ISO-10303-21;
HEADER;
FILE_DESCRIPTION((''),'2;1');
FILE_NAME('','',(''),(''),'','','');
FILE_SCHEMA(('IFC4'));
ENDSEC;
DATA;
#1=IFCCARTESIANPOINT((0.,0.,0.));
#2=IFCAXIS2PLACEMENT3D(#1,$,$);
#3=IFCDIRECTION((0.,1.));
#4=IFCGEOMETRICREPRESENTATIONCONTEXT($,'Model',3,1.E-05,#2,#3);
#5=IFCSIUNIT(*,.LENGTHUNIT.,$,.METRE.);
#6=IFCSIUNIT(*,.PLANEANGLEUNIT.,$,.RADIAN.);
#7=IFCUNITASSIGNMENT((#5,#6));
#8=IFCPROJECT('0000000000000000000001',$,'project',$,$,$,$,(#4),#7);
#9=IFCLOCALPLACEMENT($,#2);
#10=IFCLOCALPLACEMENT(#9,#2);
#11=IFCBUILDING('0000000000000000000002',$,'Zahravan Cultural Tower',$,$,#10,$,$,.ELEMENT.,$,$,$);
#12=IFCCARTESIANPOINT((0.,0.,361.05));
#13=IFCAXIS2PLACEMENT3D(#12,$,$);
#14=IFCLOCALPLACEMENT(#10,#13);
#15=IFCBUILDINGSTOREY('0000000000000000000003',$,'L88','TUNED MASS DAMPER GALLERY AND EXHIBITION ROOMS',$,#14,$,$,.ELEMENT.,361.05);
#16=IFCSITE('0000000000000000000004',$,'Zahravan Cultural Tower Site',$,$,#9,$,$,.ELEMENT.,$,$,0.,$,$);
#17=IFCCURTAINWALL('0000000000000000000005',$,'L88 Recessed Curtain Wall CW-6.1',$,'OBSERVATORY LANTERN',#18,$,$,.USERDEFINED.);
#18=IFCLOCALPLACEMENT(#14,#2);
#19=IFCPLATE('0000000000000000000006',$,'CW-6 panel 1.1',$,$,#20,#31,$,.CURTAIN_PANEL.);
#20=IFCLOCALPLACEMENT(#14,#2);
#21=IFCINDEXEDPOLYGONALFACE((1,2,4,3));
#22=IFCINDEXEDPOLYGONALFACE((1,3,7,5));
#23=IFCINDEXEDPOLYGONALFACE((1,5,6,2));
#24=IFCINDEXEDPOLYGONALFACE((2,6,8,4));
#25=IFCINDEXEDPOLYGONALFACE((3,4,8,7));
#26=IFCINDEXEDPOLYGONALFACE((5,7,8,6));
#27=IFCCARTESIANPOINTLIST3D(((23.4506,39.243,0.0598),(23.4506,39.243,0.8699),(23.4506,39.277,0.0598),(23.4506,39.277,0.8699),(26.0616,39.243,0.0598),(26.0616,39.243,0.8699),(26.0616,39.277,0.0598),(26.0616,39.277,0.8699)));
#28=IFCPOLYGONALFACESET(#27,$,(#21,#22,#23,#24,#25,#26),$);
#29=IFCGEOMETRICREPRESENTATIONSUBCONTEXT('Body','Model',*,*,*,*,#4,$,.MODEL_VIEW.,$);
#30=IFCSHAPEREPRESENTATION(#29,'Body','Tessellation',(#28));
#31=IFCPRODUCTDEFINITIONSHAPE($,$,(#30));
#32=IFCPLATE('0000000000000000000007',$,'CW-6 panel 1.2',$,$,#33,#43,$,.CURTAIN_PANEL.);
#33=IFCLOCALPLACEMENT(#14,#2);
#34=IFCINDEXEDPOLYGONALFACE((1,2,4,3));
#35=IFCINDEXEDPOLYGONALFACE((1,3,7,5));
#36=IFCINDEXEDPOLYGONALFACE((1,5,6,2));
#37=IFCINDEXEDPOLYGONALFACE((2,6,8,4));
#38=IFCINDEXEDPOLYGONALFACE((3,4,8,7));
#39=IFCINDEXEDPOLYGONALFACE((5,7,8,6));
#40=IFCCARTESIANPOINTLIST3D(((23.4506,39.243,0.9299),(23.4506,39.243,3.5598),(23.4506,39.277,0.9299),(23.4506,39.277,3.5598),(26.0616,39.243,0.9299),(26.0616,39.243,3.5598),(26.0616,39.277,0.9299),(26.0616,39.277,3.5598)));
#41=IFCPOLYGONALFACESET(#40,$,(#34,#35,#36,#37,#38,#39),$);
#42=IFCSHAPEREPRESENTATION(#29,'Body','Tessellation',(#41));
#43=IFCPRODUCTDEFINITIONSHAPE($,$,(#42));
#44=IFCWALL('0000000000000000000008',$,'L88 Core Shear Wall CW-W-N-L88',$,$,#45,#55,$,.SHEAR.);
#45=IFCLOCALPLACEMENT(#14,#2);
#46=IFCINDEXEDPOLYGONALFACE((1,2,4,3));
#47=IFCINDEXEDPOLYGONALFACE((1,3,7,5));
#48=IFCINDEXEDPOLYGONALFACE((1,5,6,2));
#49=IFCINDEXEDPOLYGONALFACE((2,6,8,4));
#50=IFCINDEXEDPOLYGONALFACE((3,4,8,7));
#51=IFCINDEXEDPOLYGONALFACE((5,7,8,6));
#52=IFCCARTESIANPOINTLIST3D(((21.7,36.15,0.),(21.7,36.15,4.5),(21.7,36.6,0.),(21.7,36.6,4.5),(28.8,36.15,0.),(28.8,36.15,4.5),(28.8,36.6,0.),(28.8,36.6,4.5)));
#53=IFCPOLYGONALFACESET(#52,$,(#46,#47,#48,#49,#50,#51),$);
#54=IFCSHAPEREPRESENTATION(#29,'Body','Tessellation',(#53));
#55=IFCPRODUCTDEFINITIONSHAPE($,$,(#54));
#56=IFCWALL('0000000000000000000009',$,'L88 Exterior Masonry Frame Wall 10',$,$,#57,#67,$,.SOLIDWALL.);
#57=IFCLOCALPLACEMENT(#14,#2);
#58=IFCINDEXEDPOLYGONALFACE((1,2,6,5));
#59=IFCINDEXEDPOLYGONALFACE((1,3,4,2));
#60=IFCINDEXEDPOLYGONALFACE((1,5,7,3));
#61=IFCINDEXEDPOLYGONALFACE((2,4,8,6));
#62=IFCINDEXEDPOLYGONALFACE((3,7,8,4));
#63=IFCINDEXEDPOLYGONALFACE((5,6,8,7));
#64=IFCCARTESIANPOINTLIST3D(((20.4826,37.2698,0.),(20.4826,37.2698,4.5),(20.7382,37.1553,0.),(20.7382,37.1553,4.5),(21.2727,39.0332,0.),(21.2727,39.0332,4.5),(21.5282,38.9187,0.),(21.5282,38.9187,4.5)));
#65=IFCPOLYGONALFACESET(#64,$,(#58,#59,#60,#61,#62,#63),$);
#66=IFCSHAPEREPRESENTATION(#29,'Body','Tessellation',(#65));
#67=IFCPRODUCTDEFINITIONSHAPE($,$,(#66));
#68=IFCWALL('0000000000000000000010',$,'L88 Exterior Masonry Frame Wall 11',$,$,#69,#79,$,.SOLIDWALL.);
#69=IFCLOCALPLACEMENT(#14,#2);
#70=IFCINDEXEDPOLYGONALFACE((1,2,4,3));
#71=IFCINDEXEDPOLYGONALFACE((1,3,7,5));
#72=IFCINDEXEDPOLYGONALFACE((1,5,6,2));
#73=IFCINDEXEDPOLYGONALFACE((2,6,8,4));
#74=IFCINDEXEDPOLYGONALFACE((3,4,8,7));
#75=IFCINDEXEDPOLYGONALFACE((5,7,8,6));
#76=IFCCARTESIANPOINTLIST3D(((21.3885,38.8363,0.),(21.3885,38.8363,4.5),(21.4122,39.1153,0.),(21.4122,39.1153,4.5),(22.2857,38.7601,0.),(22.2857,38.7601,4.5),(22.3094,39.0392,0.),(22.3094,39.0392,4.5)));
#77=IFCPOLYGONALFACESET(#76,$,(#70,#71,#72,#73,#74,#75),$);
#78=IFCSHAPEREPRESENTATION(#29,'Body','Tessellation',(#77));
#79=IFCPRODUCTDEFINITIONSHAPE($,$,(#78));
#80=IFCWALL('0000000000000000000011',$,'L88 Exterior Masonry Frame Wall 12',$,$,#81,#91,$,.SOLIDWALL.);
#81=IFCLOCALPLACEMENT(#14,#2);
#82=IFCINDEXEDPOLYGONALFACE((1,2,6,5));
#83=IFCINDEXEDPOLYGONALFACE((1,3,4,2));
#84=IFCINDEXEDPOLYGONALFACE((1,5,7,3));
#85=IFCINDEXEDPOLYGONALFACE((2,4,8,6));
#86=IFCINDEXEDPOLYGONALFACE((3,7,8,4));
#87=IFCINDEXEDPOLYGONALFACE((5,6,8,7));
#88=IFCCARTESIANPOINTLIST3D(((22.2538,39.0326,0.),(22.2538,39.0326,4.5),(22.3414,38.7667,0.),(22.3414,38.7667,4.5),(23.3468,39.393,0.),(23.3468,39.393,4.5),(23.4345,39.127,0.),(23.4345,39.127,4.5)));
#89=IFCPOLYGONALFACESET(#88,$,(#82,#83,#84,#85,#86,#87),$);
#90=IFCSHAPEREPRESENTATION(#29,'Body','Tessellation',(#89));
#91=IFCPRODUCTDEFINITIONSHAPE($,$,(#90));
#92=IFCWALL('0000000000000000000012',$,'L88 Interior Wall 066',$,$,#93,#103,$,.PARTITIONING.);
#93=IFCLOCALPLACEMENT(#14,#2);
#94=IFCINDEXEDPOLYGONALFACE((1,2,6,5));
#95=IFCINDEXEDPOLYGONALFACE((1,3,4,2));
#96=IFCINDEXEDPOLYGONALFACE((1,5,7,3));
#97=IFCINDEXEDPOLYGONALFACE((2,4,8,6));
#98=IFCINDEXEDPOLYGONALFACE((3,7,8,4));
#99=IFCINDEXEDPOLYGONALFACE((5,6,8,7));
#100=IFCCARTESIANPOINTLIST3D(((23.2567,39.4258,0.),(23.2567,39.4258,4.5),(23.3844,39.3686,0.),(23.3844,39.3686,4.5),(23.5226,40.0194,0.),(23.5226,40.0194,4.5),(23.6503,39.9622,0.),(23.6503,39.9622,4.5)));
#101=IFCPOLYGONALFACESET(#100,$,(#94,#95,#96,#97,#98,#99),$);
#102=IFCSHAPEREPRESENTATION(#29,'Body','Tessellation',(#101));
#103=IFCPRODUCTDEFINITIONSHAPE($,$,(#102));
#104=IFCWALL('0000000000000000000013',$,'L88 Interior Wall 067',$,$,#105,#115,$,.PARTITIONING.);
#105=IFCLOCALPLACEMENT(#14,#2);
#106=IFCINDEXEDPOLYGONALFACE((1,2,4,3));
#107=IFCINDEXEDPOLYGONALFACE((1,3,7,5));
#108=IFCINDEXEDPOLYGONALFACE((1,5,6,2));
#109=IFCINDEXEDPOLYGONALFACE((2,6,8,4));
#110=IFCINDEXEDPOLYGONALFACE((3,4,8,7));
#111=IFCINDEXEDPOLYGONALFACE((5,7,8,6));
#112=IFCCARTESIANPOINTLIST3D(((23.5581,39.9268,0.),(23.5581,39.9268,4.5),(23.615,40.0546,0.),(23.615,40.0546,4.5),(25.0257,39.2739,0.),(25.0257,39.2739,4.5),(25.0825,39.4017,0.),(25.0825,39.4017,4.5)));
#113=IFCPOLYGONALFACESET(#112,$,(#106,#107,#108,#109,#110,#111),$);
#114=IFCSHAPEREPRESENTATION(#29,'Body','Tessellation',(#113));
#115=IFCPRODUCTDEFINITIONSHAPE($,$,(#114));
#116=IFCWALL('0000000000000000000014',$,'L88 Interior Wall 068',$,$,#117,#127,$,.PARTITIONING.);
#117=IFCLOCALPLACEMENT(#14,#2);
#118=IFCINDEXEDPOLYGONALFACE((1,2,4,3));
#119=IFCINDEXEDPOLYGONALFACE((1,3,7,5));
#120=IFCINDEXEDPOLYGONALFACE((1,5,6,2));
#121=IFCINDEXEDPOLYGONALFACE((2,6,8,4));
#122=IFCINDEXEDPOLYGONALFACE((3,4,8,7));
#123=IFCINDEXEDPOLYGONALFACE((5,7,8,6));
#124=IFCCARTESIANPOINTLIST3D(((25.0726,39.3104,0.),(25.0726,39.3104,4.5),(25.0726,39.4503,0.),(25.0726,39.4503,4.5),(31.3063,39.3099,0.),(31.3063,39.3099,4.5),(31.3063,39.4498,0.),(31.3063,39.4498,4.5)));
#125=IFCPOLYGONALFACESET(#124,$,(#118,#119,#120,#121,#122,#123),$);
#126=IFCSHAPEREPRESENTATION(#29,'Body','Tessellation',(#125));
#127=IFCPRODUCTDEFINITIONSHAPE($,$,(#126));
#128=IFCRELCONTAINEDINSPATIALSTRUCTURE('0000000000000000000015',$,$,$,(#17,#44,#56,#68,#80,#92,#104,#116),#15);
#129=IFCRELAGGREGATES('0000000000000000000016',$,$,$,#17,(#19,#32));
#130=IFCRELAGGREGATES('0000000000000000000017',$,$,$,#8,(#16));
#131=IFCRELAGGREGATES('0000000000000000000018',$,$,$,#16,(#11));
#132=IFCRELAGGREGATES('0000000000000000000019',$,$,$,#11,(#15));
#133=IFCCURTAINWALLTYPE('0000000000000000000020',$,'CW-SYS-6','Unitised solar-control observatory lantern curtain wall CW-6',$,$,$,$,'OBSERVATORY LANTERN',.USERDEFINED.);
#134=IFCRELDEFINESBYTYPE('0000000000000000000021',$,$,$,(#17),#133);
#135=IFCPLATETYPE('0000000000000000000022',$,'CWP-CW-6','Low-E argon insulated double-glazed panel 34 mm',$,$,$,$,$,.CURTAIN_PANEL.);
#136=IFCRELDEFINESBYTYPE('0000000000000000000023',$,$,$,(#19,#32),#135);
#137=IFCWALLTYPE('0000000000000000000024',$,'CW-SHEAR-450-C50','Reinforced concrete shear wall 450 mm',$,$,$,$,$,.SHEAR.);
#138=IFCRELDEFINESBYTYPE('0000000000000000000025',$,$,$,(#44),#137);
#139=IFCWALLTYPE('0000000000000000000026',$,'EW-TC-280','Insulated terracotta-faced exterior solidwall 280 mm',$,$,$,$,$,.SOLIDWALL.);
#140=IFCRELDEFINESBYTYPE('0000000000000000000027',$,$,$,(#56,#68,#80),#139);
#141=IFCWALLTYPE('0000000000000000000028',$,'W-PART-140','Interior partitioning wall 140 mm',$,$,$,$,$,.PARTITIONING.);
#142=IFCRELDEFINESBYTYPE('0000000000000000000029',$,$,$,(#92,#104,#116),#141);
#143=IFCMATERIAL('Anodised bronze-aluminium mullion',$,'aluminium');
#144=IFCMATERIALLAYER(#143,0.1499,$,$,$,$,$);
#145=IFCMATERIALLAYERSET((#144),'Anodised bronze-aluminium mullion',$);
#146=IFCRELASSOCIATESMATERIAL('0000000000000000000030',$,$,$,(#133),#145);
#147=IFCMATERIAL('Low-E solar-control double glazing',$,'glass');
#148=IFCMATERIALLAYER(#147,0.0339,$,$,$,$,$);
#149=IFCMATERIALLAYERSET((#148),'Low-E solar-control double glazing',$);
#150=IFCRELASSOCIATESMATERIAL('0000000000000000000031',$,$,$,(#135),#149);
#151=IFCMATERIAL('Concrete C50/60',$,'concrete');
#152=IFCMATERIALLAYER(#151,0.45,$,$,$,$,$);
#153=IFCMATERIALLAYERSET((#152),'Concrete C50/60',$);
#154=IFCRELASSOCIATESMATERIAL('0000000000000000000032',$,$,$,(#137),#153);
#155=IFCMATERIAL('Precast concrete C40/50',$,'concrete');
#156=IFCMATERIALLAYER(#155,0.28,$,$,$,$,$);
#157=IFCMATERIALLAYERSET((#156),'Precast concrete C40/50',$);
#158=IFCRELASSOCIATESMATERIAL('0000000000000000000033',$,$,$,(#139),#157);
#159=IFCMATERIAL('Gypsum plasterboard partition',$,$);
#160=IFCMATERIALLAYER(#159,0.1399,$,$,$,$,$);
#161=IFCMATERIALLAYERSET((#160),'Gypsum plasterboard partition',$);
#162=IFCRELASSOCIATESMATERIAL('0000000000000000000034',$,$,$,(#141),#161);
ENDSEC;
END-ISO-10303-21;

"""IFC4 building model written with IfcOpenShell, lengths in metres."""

from ifc_helpers import new_model, si_unit, direction, frame, frame_2d, origin, origin_2d, place, context, subcontext, project, spatial, rectangle, extrude, source, transform, mapped, material, layer, layer_set, type_object, element, aggregate, save


model = new_model("IFC4")

# Units and contexts
model_context = context("Model", 3, precision=1e-05, world=origin(), true_north=direction((0.0, 1.0)))
body_context = subcontext(model_context, "Body", "Model", "MODEL_VIEW")
ifc_project = project(units=[si_unit("LENGTHUNIT", "METRE"), si_unit("PLANEANGLEUNIT", "RADIAN")], contexts=[model_context])

# Site, building, storey
site_placement = place(None, origin())
site = spatial("IfcSite", under=ifc_project, at=site_placement, Name="Zahravan Cultural Tower Site", CompositionType="ELEMENT", RefElevation=0.0)
building_placement = place(site_placement, origin())
building = spatial("IfcBuilding", under=site, at=building_placement, Name="Zahravan Cultural Tower", CompositionType="ELEMENT")
storey_placement = place(building_placement, frame((0.0, 0.0, 361.05)))
storey = spatial("IfcBuildingStorey", under=building, at=storey_placement, Name="L88", Description="TUNED MASS DAMPER GALLERY AND EXHIBITION ROOMS", CompositionType="ELEMENT", Elevation=361.05)

# Curtain wall, plates
ifc_material_1 = material(Name="Anodised bronze-aluminium mullion", Category="aluminium")
ifc_layer_1 = layer(ifc_material_1, 0.1499)
ifc_layer_set_1 = layer_set([ifc_layer_1], Name="Anodised bronze-aluminium mullion")
curtain_wall_type = type_object("IfcCurtainWallType", Name="CW-SYS-6", Description="Unitised solar-control observatory lantern curtain wall CW-6", ElementType="OBSERVATORY LANTERN", PredefinedType="USERDEFINED", material=ifc_layer_set_1)
curtain_wall_placement = place(storey_placement, origin())
curtain_wall = element("IfcCurtainWall", 1, at=curtain_wall_placement, inside=storey, type_object=curtain_wall_type, Name="L88 Recessed Curtain Wall CW-6.1", ObjectType="OBSERVATORY LANTERN", PredefinedType="USERDEFINED")
ifc_material_2 = material(Name="Low-E solar-control double glazing", Category="glass")
ifc_layer_2 = layer(ifc_material_2, 0.0339)
ifc_layer_set_2 = layer_set([ifc_layer_2], Name="Low-E solar-control double glazing")
plate_type = type_object("IfcPlateType", Name="CWP-CW-6", Description="Low-E argon insulated double-glazed panel 34 mm", PredefinedType="CURTAIN_PANEL", material=ifc_layer_set_2)
shared_shape_1 = source(origin(), body_context, "Body", "SweptSolid", [
    extrude(rectangle(XDim=2.6111, YDim=0.0339, at=origin_2d()), origin(), (0.0, 0.0, 1.0), 0.8101),
])
plate_1_placement = place(storey_placement, frame((24.7561, 39.26, 0.0598), z_axis=(0.0, 0.0, 1.0), x_axis=(1.0, 0.0, 0.0)))
plate_1 = element("IfcPlate", 2, at=plate_1_placement, type_object=plate_type, Name="CW-6 panel 1.1", PredefinedType="CURTAIN_PANEL", context=body_context, shape_type="MappedRepresentation", body=[
    mapped(shared_shape_1, transform((0.0, 0.0, 0.0), x_axis=(1.0, 0.0, 0.0), y_axis=(0.0, 1.0, 0.0), z_axis=(0.0, 0.0, 1.0), scale=1.0)),
])
shared_shape_2 = source(origin(), body_context, "Body", "SweptSolid", [
    extrude(rectangle(XDim=2.6111, YDim=0.0339, at=origin_2d()), origin(), (0.0, 0.0, 1.0), 2.6299),
])
plate_2_placement = place(storey_placement, frame((24.7561, 39.26, 0.9299), z_axis=(0.0, 0.0, 1.0), x_axis=(1.0, 0.0, 0.0)))
plate_2 = element("IfcPlate", 3, at=plate_2_placement, type_object=plate_type, Name="CW-6 panel 1.2", PredefinedType="CURTAIN_PANEL", context=body_context, shape_type="MappedRepresentation", body=[
    mapped(shared_shape_2, transform((0.0, 0.0, 0.0), x_axis=(1.0, 0.0, 0.0), y_axis=(0.0, 1.0, 0.0), z_axis=(0.0, 0.0, 1.0), scale=1.0)),
])
aggregate(curtain_wall, [plate_1, plate_2])

# Walls
ifc_material_3 = material(Name="Concrete C50/60", Category="concrete")
ifc_layer_3 = layer(ifc_material_3, 0.45)
ifc_layer_set_3 = layer_set([ifc_layer_3], Name="Concrete C50/60")
wall_type_1 = type_object("IfcWallType", Name="CW-SHEAR-450-C50", Description="Reinforced concrete shear wall 450 mm", PredefinedType="SHEAR", material=ifc_layer_set_3)
shared_shape_3 = source(origin(), body_context, "Body", "SweptSolid", [
    extrude(rectangle(XDim=7.1001, YDim=0.45, at=frame_2d((3.55, 0.0))), origin(), (0.0, 0.0, 1.0), 4.5),
])
wall_1_placement = place(storey_placement, frame((21.7, 36.375, 0.0), z_axis=(0.0, 0.0, 1.0), x_axis=(1.0, 0.0, 0.0)))
element("IfcWall", 4, at=wall_1_placement, inside=storey, type_object=wall_type_1, Name="L88 Core Shear Wall CW-W-N-L88", PredefinedType="SHEAR", context=body_context, shape_type="MappedRepresentation", body=[
    mapped(shared_shape_3, transform((0.0, 0.0, 0.0), x_axis=(1.0, 0.0, 0.0), y_axis=(0.0, 1.0, 0.0), z_axis=(0.0, 0.0, 1.0), scale=1.0)),
])
ifc_material_4 = material(Name="Precast concrete C40/50", Category="concrete")
ifc_layer_4 = layer(ifc_material_4, 0.28)
ifc_layer_set_4 = layer_set([ifc_layer_4], Name="Precast concrete C40/50")
wall_type_2 = type_object("IfcWallType", Name="EW-TC-280", Description="Insulated terracotta-faced exterior solidwall 280 mm", PredefinedType="SOLIDWALL", material=ifc_layer_set_4)
shared_shape_4 = source(origin(), body_context, "Body", "SweptSolid", [
    extrude(rectangle(XDim=1.9324, YDim=0.28, at=frame_2d((0.9663, 0.0))), origin(), (0.0, 0.0, 1.0), 4.5),
])
wall_2_placement = place(storey_placement, frame((20.6104, 37.2124, 0.0), z_axis=(0.0, 0.0, 1.0), x_axis=(0.408856, 0.912599, 0.0)))
element("IfcWall", 5, at=wall_2_placement, inside=storey, type_object=wall_type_2, Name="L88 Exterior Masonry Frame Wall 10", PredefinedType="SOLIDWALL", context=body_context, shape_type="MappedRepresentation", body=[
    mapped(shared_shape_4, transform((0.0, 0.0, 0.0), x_axis=(1.0, 0.0, 0.0), y_axis=(0.0, 1.0, 0.0), z_axis=(0.0, 0.0, 1.0), scale=1.0)),
])
shared_shape_5 = source(origin(), body_context, "Body", "SweptSolid", [
    extrude(rectangle(XDim=0.9004, YDim=0.28, at=frame_2d((0.4502, 0.0))), origin(), (0.0, 0.0, 1.0), 4.5),
])
wall_3_placement = place(storey_placement, frame((21.4004, 38.9758, 0.0), z_axis=(0.0, 0.0, 1.0), x_axis=(0.996416, -0.084594, 0.0)))
element("IfcWall", 6, at=wall_3_placement, inside=storey, type_object=wall_type_2, Name="L88 Exterior Masonry Frame Wall 11", PredefinedType="SOLIDWALL", context=body_context, shape_type="MappedRepresentation", body=[
    mapped(shared_shape_5, transform((0.0, 0.0, 0.0), x_axis=(1.0, 0.0, 0.0), y_axis=(0.0, 1.0, 0.0), z_axis=(0.0, 0.0, 1.0), scale=1.0)),
])
shared_shape_6 = source(origin(), body_context, "Body", "SweptSolid", [
    extrude(rectangle(XDim=1.1509, YDim=0.28, at=frame_2d((0.5754, 0.0))), origin(), (0.0, 0.0, 1.0), 4.5),
])
wall_4_placement = place(storey_placement, frame((22.2976, 38.8997, 0.0), z_axis=(0.0, 0.0, 1.0), x_axis=(0.949718, 0.313108, 0.0)))
element("IfcWall", 7, at=wall_4_placement, inside=storey, type_object=wall_type_2, Name="L88 Exterior Masonry Frame Wall 12", PredefinedType="SOLIDWALL", context=body_context, shape_type="MappedRepresentation", body=[
    mapped(shared_shape_6, transform((0.0, 0.0, 0.0), x_axis=(1.0, 0.0, 0.0), y_axis=(0.0, 1.0, 0.0), z_axis=(0.0, 0.0, 1.0), scale=1.0)),
])
ifc_material_5 = material(Name="Gypsum plasterboard partition")
ifc_layer_5 = layer(ifc_material_5, 0.1399)
ifc_layer_set_5 = layer_set([ifc_layer_5], Name="Gypsum plasterboard partition")
wall_type_3 = type_object("IfcWallType", Name="W-PART-140", Description="Interior partitioning wall 140 mm", PredefinedType="PARTITIONING", material=ifc_layer_set_5)
shared_shape_7 = source(origin(), body_context, "Body", "SweptSolid", [
    extrude(rectangle(XDim=0.6504, YDim=0.1399, at=frame_2d((0.3252, 0.0))), origin(), (0.0, 0.0, 1.0), 4.5),
])
wall_5_placement = place(storey_placement, frame((23.3206, 39.3972, 0.0), z_axis=(0.0, 0.0, 1.0), x_axis=(0.408819, 0.912616, 0.0)))
element("IfcWall", 8, at=wall_5_placement, inside=storey, type_object=wall_type_3, Name="L88 Interior Wall 066", PredefinedType="PARTITIONING", context=body_context, shape_type="MappedRepresentation", body=[
    mapped(shared_shape_7, transform((0.0, 0.0, 0.0), x_axis=(1.0, 0.0, 0.0), y_axis=(0.0, 1.0, 0.0), z_axis=(0.0, 0.0, 1.0), scale=1.0)),
])
shared_shape_8 = source(origin(), body_context, "Body", "SweptSolid", [
    extrude(rectangle(XDim=1.6062, YDim=0.1399, at=frame_2d((0.8032, 0.0))), origin(), (0.0, 0.0, 1.0), 4.5),
])
wall_6_placement = place(storey_placement, frame((23.5864, 39.9907, 0.0), z_axis=(0.0, 0.0, 1.0), x_axis=(0.913674, -0.406449, 0.0)))
element("IfcWall", 9, at=wall_6_placement, inside=storey, type_object=wall_type_3, Name="L88 Interior Wall 067", PredefinedType="PARTITIONING", context=body_context, shape_type="MappedRepresentation", body=[
    mapped(shared_shape_8, transform((0.0, 0.0, 0.0), x_axis=(1.0, 0.0, 0.0), y_axis=(0.0, 1.0, 0.0), z_axis=(0.0, 0.0, 1.0), scale=1.0)),
])
shared_shape_9 = source(origin(), body_context, "Body", "SweptSolid", [
    extrude(rectangle(XDim=6.2336, YDim=0.1399, at=frame_2d((3.1167, 0.0))), origin(), (0.0, 0.0, 1.0), 4.5),
])
wall_7_placement = place(storey_placement, frame((25.0728, 39.3804, 0.0), z_axis=(0.0, 0.0, 1.0), x_axis=(1.0, -0.000078, 0.0)))
element("IfcWall", 10, at=wall_7_placement, inside=storey, type_object=wall_type_3, Name="L88 Interior Wall 068", PredefinedType="PARTITIONING", context=body_context, shape_type="MappedRepresentation", body=[
    mapped(shared_shape_9, transform((0.0, 0.0, 0.0), x_axis=(1.0, 0.0, 0.0), y_axis=(0.0, 1.0, 0.0), z_axis=(0.0, 0.0, 1.0), scale=1.0)),
])

save(model, "model.ifc")
